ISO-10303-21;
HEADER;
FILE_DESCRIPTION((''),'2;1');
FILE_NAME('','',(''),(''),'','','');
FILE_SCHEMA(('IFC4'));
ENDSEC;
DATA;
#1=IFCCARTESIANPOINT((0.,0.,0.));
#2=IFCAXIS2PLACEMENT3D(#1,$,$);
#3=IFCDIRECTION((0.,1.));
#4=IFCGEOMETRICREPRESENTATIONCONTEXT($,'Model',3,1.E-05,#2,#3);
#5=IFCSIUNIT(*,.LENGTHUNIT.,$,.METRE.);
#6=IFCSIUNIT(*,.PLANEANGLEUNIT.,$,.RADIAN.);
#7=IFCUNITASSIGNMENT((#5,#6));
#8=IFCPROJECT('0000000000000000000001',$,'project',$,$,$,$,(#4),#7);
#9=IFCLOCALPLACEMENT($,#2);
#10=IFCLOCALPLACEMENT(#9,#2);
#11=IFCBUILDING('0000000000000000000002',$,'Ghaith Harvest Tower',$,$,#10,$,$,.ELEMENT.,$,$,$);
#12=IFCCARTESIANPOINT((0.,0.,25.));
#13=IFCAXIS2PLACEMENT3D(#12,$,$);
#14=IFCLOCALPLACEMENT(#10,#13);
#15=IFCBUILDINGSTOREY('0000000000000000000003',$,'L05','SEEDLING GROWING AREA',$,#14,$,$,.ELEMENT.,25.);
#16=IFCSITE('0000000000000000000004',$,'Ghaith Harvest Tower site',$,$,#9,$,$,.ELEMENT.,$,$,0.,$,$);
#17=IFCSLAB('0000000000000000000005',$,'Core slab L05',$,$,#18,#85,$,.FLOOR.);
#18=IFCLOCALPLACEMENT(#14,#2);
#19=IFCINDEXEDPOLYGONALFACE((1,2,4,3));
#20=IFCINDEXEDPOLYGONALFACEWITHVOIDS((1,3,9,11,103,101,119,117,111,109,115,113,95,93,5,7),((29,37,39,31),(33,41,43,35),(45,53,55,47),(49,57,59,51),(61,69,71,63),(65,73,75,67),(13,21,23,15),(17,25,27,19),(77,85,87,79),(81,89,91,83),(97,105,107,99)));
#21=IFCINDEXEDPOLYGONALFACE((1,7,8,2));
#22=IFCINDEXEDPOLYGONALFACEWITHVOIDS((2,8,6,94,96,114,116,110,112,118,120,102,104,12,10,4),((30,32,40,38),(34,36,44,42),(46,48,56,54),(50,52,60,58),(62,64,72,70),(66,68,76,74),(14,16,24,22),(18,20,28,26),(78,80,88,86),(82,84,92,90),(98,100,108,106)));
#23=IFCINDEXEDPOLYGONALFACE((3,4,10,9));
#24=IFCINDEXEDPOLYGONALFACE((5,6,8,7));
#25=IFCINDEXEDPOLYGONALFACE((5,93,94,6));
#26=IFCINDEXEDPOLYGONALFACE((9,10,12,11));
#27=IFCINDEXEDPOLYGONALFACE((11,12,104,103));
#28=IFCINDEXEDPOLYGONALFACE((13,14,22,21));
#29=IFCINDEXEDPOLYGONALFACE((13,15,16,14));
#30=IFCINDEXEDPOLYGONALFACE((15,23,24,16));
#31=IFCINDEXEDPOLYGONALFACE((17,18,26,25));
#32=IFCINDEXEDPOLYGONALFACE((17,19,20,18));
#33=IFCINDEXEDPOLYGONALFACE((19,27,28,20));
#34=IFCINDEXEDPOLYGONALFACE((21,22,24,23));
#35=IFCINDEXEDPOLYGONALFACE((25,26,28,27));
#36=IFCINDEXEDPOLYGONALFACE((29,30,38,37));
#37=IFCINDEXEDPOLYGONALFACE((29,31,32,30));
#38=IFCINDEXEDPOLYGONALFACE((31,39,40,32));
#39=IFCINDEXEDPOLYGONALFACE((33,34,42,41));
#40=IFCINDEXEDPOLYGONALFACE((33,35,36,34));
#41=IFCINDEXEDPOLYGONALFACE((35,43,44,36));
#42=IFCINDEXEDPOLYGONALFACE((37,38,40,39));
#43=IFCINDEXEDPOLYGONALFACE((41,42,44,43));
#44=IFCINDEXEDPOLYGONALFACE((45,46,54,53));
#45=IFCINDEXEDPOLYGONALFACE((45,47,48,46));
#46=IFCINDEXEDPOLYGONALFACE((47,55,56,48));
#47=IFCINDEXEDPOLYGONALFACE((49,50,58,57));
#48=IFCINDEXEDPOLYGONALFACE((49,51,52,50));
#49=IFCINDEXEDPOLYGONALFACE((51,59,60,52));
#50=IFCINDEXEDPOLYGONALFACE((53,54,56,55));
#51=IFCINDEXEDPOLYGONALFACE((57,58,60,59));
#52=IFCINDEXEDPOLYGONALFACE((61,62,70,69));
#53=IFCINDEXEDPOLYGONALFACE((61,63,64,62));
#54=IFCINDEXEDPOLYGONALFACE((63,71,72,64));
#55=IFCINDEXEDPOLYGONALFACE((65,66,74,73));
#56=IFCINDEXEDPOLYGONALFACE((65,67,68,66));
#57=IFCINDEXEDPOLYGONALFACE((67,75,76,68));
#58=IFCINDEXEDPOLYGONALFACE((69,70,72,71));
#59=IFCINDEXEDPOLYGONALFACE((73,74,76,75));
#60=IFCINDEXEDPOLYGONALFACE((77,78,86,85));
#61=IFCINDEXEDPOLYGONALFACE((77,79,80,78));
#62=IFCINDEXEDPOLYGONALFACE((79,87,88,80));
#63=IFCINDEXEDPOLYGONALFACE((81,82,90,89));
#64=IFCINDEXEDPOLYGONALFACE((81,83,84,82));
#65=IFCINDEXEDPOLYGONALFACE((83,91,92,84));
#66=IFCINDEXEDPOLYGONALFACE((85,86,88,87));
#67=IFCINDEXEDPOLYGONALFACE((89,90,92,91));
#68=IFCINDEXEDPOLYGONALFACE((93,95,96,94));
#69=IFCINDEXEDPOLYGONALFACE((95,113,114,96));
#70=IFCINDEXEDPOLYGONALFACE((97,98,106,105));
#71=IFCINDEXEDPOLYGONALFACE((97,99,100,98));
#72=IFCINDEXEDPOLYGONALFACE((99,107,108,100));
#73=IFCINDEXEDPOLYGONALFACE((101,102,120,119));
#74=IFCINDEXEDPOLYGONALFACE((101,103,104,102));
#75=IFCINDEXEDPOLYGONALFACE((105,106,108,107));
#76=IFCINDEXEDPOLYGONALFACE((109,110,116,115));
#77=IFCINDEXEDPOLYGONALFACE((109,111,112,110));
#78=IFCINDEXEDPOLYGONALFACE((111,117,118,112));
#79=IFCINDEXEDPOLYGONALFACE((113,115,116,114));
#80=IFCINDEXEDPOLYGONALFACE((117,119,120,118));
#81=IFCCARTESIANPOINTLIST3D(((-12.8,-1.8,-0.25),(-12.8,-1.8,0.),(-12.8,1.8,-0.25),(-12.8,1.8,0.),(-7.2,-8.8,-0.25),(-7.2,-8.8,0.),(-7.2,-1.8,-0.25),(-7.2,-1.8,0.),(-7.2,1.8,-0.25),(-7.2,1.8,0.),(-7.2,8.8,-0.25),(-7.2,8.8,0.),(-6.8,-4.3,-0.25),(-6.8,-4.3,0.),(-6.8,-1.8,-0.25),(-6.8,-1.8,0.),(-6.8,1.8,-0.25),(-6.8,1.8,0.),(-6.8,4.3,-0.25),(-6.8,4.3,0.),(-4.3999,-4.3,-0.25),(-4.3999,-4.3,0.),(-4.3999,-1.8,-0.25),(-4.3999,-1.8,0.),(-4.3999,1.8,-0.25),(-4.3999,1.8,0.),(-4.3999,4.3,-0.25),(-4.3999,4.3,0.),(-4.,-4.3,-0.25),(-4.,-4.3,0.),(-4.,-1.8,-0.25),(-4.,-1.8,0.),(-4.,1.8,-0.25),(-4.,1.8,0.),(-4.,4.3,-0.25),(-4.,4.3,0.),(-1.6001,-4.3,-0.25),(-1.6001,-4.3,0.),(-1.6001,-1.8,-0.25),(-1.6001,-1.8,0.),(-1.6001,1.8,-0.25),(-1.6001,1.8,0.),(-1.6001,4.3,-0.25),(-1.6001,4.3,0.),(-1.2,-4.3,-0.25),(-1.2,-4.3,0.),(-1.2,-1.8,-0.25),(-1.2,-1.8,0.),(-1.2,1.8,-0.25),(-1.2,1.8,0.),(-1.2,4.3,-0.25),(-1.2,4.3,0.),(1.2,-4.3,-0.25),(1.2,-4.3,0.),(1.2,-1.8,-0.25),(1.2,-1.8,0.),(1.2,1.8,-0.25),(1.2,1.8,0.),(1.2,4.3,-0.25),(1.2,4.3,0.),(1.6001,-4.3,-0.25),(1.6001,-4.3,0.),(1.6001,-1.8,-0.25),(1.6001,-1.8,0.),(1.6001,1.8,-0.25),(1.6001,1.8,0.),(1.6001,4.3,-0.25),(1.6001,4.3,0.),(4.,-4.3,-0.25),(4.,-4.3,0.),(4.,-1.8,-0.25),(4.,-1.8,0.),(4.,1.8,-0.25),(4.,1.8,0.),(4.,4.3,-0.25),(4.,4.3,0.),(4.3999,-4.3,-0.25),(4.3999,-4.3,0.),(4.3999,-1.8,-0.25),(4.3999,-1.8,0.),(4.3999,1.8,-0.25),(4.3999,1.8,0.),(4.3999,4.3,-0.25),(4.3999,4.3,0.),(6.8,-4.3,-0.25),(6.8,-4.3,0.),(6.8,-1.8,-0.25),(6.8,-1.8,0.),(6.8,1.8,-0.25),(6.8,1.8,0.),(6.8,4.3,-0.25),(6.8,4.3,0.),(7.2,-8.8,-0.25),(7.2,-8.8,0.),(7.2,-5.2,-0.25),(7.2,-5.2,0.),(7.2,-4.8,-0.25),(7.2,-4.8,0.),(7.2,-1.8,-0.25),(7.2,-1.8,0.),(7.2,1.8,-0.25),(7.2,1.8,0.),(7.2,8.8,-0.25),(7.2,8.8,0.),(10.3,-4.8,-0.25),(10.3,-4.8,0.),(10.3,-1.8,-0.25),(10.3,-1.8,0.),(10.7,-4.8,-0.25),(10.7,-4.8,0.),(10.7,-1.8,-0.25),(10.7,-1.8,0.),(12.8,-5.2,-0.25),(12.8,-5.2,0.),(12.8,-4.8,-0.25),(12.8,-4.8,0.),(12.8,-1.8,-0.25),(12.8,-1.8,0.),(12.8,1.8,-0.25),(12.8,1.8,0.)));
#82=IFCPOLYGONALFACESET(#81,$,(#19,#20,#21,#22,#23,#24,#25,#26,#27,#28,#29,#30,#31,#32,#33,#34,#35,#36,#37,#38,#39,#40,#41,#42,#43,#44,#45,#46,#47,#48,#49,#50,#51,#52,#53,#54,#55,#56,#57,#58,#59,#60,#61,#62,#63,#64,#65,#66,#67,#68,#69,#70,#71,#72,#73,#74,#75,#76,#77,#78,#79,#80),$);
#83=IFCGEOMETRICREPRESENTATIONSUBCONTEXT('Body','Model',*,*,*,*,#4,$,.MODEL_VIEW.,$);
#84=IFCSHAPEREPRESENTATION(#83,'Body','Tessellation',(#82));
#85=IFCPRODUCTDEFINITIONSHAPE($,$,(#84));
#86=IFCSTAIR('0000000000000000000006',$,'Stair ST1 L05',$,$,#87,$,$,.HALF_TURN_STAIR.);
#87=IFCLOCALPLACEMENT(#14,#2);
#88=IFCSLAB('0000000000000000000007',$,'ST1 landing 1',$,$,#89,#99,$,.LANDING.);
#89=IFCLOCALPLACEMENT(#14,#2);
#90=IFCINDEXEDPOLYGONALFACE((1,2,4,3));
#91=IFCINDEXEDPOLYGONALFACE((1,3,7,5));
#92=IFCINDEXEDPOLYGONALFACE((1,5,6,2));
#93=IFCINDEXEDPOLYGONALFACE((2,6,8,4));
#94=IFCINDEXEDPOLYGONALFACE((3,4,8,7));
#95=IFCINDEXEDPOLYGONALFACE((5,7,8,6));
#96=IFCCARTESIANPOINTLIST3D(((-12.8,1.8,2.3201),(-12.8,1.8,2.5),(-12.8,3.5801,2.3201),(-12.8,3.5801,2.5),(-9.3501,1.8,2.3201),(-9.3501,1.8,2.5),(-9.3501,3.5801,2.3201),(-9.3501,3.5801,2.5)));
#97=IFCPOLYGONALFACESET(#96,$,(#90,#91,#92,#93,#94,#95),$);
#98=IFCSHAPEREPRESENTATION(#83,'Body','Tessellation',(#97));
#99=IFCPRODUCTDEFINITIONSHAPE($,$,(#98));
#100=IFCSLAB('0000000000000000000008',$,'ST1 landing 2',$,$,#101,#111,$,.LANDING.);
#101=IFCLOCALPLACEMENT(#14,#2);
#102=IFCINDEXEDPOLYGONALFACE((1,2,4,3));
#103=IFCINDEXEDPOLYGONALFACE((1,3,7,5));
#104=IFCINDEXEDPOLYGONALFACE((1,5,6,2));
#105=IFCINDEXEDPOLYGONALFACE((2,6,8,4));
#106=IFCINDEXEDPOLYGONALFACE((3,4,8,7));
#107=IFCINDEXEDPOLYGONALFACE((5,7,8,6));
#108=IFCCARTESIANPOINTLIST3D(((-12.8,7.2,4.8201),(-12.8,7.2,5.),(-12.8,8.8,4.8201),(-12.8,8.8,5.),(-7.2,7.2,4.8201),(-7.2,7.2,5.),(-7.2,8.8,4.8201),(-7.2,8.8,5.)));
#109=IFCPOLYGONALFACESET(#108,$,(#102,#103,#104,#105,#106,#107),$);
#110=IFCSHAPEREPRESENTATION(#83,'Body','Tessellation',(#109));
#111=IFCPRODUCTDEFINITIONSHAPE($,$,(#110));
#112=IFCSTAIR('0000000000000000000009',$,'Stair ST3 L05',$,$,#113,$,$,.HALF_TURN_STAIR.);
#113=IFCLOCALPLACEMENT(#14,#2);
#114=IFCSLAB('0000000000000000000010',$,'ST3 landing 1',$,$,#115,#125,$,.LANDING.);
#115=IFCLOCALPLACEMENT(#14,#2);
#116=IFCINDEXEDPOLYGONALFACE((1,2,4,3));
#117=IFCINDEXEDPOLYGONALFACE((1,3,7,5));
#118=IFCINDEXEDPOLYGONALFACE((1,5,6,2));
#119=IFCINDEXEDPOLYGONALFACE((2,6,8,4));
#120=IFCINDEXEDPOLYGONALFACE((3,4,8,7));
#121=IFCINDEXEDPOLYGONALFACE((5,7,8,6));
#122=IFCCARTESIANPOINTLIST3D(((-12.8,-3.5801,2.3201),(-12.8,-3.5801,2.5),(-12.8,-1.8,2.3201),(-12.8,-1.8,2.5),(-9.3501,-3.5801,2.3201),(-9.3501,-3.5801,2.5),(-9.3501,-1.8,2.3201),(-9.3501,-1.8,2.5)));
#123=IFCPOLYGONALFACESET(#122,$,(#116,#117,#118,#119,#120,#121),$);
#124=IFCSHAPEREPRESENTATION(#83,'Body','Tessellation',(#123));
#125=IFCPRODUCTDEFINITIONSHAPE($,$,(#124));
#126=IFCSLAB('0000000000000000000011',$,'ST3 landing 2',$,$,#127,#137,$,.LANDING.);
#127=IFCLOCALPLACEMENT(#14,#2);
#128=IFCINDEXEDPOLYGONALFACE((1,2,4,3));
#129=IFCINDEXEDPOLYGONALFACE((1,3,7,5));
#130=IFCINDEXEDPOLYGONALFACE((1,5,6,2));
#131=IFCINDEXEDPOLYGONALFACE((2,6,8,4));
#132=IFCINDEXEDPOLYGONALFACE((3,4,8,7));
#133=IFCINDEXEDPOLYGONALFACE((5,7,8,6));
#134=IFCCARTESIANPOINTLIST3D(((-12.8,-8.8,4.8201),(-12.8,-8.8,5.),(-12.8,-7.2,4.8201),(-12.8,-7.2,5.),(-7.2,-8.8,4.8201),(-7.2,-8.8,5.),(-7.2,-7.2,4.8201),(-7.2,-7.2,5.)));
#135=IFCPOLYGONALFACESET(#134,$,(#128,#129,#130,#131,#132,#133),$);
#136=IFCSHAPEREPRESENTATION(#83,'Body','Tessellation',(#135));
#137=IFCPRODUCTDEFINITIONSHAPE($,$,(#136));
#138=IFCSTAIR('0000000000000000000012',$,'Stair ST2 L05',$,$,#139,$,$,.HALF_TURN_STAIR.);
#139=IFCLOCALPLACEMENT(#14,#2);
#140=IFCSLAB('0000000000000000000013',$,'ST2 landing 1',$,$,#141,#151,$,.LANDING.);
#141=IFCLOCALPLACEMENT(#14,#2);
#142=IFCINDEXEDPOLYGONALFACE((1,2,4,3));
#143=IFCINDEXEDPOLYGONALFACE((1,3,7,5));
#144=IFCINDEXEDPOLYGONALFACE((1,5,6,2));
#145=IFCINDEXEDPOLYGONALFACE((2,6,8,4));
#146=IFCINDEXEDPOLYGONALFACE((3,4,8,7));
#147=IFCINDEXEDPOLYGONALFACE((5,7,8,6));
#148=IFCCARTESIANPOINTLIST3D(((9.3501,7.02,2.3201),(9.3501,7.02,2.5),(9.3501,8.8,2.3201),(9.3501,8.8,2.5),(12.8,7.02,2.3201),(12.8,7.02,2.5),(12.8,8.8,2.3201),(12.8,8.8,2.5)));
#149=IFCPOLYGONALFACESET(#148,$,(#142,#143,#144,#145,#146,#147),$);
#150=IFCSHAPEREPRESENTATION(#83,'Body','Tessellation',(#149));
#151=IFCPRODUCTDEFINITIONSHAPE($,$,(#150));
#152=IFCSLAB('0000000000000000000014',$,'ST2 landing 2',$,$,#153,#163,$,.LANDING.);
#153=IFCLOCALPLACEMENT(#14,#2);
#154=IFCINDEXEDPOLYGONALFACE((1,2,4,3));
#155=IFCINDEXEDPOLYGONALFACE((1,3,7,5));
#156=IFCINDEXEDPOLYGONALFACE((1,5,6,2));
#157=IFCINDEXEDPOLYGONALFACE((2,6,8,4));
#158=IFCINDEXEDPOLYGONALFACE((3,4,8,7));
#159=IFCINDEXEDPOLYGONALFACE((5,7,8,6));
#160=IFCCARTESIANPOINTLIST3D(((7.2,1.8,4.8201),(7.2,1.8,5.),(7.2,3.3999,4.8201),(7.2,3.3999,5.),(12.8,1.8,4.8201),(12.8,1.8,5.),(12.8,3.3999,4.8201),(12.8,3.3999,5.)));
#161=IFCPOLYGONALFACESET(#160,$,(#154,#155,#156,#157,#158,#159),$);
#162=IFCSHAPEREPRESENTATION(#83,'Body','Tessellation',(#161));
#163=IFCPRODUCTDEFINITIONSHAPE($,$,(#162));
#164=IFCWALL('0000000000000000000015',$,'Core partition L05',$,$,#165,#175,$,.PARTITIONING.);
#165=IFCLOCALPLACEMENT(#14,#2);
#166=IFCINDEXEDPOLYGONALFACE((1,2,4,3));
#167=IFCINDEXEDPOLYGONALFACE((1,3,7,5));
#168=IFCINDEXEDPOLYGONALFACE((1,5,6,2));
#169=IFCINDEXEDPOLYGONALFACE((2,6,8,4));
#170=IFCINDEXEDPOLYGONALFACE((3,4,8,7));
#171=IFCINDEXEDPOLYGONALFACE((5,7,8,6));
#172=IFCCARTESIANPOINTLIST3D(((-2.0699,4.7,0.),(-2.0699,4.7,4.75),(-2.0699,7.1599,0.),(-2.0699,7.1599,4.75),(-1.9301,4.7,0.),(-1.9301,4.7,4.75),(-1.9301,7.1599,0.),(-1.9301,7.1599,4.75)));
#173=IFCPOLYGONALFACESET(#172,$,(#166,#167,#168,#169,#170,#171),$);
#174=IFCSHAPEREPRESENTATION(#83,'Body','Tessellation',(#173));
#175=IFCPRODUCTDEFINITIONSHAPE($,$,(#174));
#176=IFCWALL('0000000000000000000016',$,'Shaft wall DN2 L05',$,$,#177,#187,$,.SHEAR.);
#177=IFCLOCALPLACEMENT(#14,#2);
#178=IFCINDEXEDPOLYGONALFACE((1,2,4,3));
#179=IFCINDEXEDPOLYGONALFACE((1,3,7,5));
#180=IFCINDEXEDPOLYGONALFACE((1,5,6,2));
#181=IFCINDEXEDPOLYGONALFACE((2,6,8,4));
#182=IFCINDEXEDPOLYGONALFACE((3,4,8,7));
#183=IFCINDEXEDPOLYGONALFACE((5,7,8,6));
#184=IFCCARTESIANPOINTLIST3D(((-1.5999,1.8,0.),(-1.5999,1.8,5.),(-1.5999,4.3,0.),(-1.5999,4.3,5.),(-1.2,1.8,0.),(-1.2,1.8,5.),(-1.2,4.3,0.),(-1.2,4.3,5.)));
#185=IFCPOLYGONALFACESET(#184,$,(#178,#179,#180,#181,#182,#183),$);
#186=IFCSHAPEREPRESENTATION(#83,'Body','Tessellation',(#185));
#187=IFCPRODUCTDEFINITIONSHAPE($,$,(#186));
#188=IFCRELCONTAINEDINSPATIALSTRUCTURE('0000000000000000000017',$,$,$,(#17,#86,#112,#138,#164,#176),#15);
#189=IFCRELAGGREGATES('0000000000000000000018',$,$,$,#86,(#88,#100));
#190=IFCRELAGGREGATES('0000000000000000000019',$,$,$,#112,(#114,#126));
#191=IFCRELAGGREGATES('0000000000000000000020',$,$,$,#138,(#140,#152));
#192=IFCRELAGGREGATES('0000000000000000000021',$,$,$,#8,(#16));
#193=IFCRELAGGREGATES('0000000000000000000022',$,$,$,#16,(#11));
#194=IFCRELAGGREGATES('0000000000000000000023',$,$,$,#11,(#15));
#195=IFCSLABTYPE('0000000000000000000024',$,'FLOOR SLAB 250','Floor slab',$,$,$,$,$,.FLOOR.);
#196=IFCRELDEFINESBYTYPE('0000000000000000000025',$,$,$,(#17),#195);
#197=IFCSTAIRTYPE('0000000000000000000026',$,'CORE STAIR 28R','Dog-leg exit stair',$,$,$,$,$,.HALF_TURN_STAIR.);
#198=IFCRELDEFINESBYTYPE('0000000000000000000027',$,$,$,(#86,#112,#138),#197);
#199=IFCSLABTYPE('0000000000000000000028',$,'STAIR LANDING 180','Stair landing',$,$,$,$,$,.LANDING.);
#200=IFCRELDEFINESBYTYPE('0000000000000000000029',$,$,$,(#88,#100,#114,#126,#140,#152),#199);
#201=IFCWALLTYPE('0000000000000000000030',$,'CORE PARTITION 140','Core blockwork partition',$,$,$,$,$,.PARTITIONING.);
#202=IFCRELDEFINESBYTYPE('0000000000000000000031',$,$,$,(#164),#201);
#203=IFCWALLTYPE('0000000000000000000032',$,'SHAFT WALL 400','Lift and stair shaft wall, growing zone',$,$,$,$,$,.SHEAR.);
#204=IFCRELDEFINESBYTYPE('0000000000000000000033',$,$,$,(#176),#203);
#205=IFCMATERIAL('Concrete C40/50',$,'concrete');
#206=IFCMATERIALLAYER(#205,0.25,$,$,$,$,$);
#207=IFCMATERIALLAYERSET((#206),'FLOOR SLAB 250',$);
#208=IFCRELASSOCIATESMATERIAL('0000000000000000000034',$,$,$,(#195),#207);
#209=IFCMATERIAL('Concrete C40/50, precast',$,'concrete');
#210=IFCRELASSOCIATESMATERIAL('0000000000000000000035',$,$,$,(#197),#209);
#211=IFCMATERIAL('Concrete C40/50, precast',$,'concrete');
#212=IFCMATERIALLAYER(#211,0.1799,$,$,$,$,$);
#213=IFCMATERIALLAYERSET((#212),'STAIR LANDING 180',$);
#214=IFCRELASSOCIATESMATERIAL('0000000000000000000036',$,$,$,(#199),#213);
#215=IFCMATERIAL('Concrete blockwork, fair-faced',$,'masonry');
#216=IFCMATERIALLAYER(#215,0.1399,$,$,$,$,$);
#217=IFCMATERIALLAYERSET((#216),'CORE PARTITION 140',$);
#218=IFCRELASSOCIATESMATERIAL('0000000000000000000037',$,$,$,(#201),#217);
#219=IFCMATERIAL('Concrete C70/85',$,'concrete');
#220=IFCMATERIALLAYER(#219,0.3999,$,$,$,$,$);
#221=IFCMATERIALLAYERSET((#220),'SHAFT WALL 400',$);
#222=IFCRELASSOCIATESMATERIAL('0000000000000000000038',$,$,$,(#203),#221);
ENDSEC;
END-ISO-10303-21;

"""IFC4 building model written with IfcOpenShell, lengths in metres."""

from ifc_helpers import new_model, si_unit, direction, frame, frame_2d, origin, place, context, subcontext, project, spatial, polyline, rectangle, outline, extrude, material, layer, layer_set, type_object, element, aggregate, save


model = new_model("IFC4")

# Units and contexts
model_context = context("Model", 3, precision=1e-05, world=origin(), true_north=direction((0.0, 1.0)))
body_context = subcontext(model_context, "Body", "Model", "MODEL_VIEW")
ifc_project = project(units=[si_unit("LENGTHUNIT", "METRE"), si_unit("PLANEANGLEUNIT", "RADIAN")], contexts=[model_context])

# Site, building, storey
site_placement = place(None, origin())
site = spatial("IfcSite", under=ifc_project, at=site_placement, Name="Ghaith Harvest Tower site", CompositionType="ELEMENT", RefElevation=0.0)
building_placement = place(site_placement, origin())
building = spatial("IfcBuilding", under=site, at=building_placement, Name="Ghaith Harvest Tower", CompositionType="ELEMENT")
storey_placement = place(building_placement, frame((0.0, 0.0, 25.0)))
storey = spatial("IfcBuildingStorey", under=building, at=storey_placement, Name="L05", Description="SEEDLING GROWING AREA", CompositionType="ELEMENT", Elevation=25.0)

# Slab
ifc_material_1 = material(Name="Concrete C40/50", Category="concrete")
ifc_layer_1 = layer(ifc_material_1, 0.25)
ifc_layer_set_1 = layer_set([ifc_layer_1], Name="FLOOR SLAB 250")
slab_type_1 = type_object("IfcSlabType", Name="FLOOR SLAB 250", Description="Floor slab", PredefinedType="FLOOR", material=ifc_layer_set_1)
slab_1_placement = place(storey_placement, frame((0.0, 0.0, -0.25)))
element("IfcSlab", 1, at=slab_1_placement, inside=storey, type_object=slab_type_1, Name="Core slab L05", PredefinedType="FLOOR", context=body_context, shape_type="SweptSolid", body=[
    extrude(outline(polyline([(-12.8, 1.8), (-7.2, 1.8), (-7.2, 8.8), (7.2, 8.8), (7.2, 1.8), (12.8, 1.8), (12.8, -1.8), (10.7, -1.8), (10.7, -4.8), (12.8, -4.8), (12.8, -5.2), (7.2, -5.2), (7.2, -8.8), (-7.2, -8.8), (-7.2, -1.8), (-12.8, -1.8), (-12.8, 1.8)]), holes=[polyline([(-4.3999, -4.3), (-4.3999, -1.8), (-6.8, -1.8), (-6.8, -4.3), (-4.3999, -4.3)]), polyline([(-1.6001, -4.3), (-1.6001, -1.8), (-4.0, -1.8), (-4.0, -4.3), (-1.6001, -4.3)]), polyline([(1.2, -4.3), (1.2, -1.8), (-1.2, -1.8), (-1.2, -4.3), (1.2, -4.3)]), polyline([(-4.3999, 1.8), (-4.3999, 4.3), (-6.8, 4.3), (-6.8, 1.8), (-4.3999, 1.8)]), polyline([(-1.6001, 1.8), (-1.6001, 4.3), (-4.0, 4.3), (-4.0, 1.8), (-1.6001, 1.8)]), polyline([(1.2, 1.8), (1.2, 4.3), (-1.2, 4.3), (-1.2, 1.8), (1.2, 1.8)]), polyline([(10.3, -4.8), (10.3, -1.8), (7.2, -1.8), (7.2, -4.8), (10.3, -4.8)]), polyline([(4.0, -4.3), (4.0, -1.8), (1.6001, -1.8), (1.6001, -4.3), (4.0, -4.3)]), polyline([(6.8, -4.3), (6.8, -1.8), (4.3999, -1.8), (4.3999, -4.3), (6.8, -4.3)]), polyline([(4.0, 1.8), (4.0, 4.3), (1.6001, 4.3), (1.6001, 1.8), (4.0, 1.8)]), polyline([(6.8, 1.8), (6.8, 4.3), (4.3999, 4.3), (4.3999, 1.8), (6.8, 1.8)])]), origin(), (0.0, 0.0, 1.0), 0.25),
])

# Stairs, slabs
ifc_material_2 = material(Name="Concrete C40/50, precast", Category="concrete")
stair_type = type_object("IfcStairType", Name="CORE STAIR 28R", Description="Dog-leg exit stair", PredefinedType="HALF_TURN_STAIR", material=ifc_material_2)
stair_1_placement = place(storey_placement, origin())
stair_1 = element("IfcStair", 2, at=stair_1_placement, inside=storey, type_object=stair_type, Name="Stair ST1 L05", PredefinedType="HALF_TURN_STAIR")
ifc_material_3 = material(Name="Concrete C40/50, precast", Category="concrete")
ifc_layer_2 = layer(ifc_material_3, 0.1799)
ifc_layer_set_2 = layer_set([ifc_layer_2], Name="STAIR LANDING 180")
slab_type_2 = type_object("IfcSlabType", Name="STAIR LANDING 180", Description="Stair landing", PredefinedType="LANDING", material=ifc_layer_set_2)
slab_2_placement = place(storey_placement, frame((0.0, 0.0, 2.3201)))
slab_2 = element("IfcSlab", 3, at=slab_2_placement, type_object=slab_type_2, Name="ST1 landing 1", PredefinedType="LANDING", context=body_context, shape_type="SweptSolid", body=[
    extrude(outline(polyline([(-12.8, 3.5801), (-12.8, 1.8), (-9.3501, 1.8), (-9.3501, 3.5801), (-12.8, 3.5801)])), origin(), (0.0, 0.0, 1.0), 0.1799),
])
slab_3_placement = place(storey_placement, frame((0.0, 0.0, 4.8201)))
slab_3 = element("IfcSlab", 4, at=slab_3_placement, type_object=slab_type_2, Name="ST1 landing 2", PredefinedType="LANDING", context=body_context, shape_type="SweptSolid", body=[
    extrude(outline(polyline([(-12.8, 8.8), (-12.8, 7.2), (-7.2, 7.2), (-7.2, 8.8), (-12.8, 8.8)])), origin(), (0.0, 0.0, 1.0), 0.1799),
])
aggregate(stair_1, [slab_2, slab_3])
stair_2_placement = place(storey_placement, origin())
stair_2 = element("IfcStair", 5, at=stair_2_placement, inside=storey, type_object=stair_type, Name="Stair ST3 L05", PredefinedType="HALF_TURN_STAIR")
slab_4_placement = place(storey_placement, frame((0.0, 0.0, 2.3201)))
slab_4 = element("IfcSlab", 6, at=slab_4_placement, type_object=slab_type_2, Name="ST3 landing 1", PredefinedType="LANDING", context=body_context, shape_type="SweptSolid", body=[
    extrude(outline(polyline([(-12.8, -3.5801), (-12.8, -1.8), (-9.3501, -1.8), (-9.3501, -3.5801), (-12.8, -3.5801)])), origin(), (0.0, 0.0, 1.0), 0.1799),
])
slab_5_placement = place(storey_placement, frame((0.0, 0.0, 4.8201)))
slab_5 = element("IfcSlab", 7, at=slab_5_placement, type_object=slab_type_2, Name="ST3 landing 2", PredefinedType="LANDING", context=body_context, shape_type="SweptSolid", body=[
    extrude(outline(polyline([(-12.8, -8.8), (-12.8, -7.2), (-7.2, -7.2), (-7.2, -8.8), (-12.8, -8.8)])), origin(), (0.0, 0.0, 1.0), 0.1799),
])
aggregate(stair_2, [slab_4, slab_5])
stair_3_placement = place(storey_placement, origin())
stair_3 = element("IfcStair", 8, at=stair_3_placement, inside=storey, type_object=stair_type, Name="Stair ST2 L05", PredefinedType="HALF_TURN_STAIR")
slab_6_placement = place(storey_placement, frame((0.0, 0.0, 2.3201)))
slab_6 = element("IfcSlab", 9, at=slab_6_placement, type_object=slab_type_2, Name="ST2 landing 1", PredefinedType="LANDING", context=body_context, shape_type="SweptSolid", body=[
    extrude(outline(polyline([(12.8, 7.02), (12.8, 8.8), (9.3501, 8.8), (9.3501, 7.02), (12.8, 7.02)])), origin(), (0.0, 0.0, 1.0), 0.1799),
])
slab_7_placement = place(storey_placement, frame((0.0, 0.0, 4.8201)))
slab_7 = element("IfcSlab", 10, at=slab_7_placement, type_object=slab_type_2, Name="ST2 landing 2", PredefinedType="LANDING", context=body_context, shape_type="SweptSolid", body=[
    extrude(outline(polyline([(12.8, 1.8), (12.8, 3.3999), (7.2, 3.3999), (7.2, 1.8), (12.8, 1.8)])), origin(), (0.0, 0.0, 1.0), 0.1799),
])
aggregate(stair_3, [slab_6, slab_7])

# Walls
ifc_material_4 = material(Name="Concrete blockwork, fair-faced", Category="masonry")
ifc_layer_3 = layer(ifc_material_4, 0.1399)
ifc_layer_set_3 = layer_set([ifc_layer_3], Name="CORE PARTITION 140")
wall_type_1 = type_object("IfcWallType", Name="CORE PARTITION 140", Description="Core blockwork partition", PredefinedType="PARTITIONING", material=ifc_layer_set_3)
wall_1_placement = place(storey_placement, frame((-2.0, 4.7, 0.0), z_axis=(0.0, 0.0, 1.0), x_axis=(0.0, 1.0, 0.0)))
element("IfcWall", 11, at=wall_1_placement, inside=storey, type_object=wall_type_1, Name="Core partition L05", PredefinedType="PARTITIONING", context=body_context, shape_type="SweptSolid", body=[
    extrude(rectangle(XDim=2.46, YDim=0.1399, at=frame_2d((1.23, 0.0))), origin(), (0.0, 0.0, 1.0), 4.75),
])
ifc_material_5 = material(Name="Concrete C70/85", Category="concrete")
ifc_layer_4 = layer(ifc_material_5, 0.3999)
ifc_layer_set_4 = layer_set([ifc_layer_4], Name="SHAFT WALL 400")
wall_type_2 = type_object("IfcWallType", Name="SHAFT WALL 400", Description="Lift and stair shaft wall, growing zone", PredefinedType="SHEAR", material=ifc_layer_set_4)
wall_2_placement = place(storey_placement, frame((-1.3999, 1.8, 0.0), z_axis=(0.0, 0.0, 1.0), x_axis=(0.0, 1.0, 0.0)))
element("IfcWall", 12, at=wall_2_placement, inside=storey, type_object=wall_type_2, Name="Shaft wall DN2 L05", PredefinedType="SHEAR", context=body_context, shape_type="SweptSolid", body=[
    extrude(rectangle(XDim=2.5, YDim=0.3999, at=frame_2d((1.25, 0.0))), origin(), (0.0, 0.0, 1.0), 5.0),
])

save(model, "model.ifc")
